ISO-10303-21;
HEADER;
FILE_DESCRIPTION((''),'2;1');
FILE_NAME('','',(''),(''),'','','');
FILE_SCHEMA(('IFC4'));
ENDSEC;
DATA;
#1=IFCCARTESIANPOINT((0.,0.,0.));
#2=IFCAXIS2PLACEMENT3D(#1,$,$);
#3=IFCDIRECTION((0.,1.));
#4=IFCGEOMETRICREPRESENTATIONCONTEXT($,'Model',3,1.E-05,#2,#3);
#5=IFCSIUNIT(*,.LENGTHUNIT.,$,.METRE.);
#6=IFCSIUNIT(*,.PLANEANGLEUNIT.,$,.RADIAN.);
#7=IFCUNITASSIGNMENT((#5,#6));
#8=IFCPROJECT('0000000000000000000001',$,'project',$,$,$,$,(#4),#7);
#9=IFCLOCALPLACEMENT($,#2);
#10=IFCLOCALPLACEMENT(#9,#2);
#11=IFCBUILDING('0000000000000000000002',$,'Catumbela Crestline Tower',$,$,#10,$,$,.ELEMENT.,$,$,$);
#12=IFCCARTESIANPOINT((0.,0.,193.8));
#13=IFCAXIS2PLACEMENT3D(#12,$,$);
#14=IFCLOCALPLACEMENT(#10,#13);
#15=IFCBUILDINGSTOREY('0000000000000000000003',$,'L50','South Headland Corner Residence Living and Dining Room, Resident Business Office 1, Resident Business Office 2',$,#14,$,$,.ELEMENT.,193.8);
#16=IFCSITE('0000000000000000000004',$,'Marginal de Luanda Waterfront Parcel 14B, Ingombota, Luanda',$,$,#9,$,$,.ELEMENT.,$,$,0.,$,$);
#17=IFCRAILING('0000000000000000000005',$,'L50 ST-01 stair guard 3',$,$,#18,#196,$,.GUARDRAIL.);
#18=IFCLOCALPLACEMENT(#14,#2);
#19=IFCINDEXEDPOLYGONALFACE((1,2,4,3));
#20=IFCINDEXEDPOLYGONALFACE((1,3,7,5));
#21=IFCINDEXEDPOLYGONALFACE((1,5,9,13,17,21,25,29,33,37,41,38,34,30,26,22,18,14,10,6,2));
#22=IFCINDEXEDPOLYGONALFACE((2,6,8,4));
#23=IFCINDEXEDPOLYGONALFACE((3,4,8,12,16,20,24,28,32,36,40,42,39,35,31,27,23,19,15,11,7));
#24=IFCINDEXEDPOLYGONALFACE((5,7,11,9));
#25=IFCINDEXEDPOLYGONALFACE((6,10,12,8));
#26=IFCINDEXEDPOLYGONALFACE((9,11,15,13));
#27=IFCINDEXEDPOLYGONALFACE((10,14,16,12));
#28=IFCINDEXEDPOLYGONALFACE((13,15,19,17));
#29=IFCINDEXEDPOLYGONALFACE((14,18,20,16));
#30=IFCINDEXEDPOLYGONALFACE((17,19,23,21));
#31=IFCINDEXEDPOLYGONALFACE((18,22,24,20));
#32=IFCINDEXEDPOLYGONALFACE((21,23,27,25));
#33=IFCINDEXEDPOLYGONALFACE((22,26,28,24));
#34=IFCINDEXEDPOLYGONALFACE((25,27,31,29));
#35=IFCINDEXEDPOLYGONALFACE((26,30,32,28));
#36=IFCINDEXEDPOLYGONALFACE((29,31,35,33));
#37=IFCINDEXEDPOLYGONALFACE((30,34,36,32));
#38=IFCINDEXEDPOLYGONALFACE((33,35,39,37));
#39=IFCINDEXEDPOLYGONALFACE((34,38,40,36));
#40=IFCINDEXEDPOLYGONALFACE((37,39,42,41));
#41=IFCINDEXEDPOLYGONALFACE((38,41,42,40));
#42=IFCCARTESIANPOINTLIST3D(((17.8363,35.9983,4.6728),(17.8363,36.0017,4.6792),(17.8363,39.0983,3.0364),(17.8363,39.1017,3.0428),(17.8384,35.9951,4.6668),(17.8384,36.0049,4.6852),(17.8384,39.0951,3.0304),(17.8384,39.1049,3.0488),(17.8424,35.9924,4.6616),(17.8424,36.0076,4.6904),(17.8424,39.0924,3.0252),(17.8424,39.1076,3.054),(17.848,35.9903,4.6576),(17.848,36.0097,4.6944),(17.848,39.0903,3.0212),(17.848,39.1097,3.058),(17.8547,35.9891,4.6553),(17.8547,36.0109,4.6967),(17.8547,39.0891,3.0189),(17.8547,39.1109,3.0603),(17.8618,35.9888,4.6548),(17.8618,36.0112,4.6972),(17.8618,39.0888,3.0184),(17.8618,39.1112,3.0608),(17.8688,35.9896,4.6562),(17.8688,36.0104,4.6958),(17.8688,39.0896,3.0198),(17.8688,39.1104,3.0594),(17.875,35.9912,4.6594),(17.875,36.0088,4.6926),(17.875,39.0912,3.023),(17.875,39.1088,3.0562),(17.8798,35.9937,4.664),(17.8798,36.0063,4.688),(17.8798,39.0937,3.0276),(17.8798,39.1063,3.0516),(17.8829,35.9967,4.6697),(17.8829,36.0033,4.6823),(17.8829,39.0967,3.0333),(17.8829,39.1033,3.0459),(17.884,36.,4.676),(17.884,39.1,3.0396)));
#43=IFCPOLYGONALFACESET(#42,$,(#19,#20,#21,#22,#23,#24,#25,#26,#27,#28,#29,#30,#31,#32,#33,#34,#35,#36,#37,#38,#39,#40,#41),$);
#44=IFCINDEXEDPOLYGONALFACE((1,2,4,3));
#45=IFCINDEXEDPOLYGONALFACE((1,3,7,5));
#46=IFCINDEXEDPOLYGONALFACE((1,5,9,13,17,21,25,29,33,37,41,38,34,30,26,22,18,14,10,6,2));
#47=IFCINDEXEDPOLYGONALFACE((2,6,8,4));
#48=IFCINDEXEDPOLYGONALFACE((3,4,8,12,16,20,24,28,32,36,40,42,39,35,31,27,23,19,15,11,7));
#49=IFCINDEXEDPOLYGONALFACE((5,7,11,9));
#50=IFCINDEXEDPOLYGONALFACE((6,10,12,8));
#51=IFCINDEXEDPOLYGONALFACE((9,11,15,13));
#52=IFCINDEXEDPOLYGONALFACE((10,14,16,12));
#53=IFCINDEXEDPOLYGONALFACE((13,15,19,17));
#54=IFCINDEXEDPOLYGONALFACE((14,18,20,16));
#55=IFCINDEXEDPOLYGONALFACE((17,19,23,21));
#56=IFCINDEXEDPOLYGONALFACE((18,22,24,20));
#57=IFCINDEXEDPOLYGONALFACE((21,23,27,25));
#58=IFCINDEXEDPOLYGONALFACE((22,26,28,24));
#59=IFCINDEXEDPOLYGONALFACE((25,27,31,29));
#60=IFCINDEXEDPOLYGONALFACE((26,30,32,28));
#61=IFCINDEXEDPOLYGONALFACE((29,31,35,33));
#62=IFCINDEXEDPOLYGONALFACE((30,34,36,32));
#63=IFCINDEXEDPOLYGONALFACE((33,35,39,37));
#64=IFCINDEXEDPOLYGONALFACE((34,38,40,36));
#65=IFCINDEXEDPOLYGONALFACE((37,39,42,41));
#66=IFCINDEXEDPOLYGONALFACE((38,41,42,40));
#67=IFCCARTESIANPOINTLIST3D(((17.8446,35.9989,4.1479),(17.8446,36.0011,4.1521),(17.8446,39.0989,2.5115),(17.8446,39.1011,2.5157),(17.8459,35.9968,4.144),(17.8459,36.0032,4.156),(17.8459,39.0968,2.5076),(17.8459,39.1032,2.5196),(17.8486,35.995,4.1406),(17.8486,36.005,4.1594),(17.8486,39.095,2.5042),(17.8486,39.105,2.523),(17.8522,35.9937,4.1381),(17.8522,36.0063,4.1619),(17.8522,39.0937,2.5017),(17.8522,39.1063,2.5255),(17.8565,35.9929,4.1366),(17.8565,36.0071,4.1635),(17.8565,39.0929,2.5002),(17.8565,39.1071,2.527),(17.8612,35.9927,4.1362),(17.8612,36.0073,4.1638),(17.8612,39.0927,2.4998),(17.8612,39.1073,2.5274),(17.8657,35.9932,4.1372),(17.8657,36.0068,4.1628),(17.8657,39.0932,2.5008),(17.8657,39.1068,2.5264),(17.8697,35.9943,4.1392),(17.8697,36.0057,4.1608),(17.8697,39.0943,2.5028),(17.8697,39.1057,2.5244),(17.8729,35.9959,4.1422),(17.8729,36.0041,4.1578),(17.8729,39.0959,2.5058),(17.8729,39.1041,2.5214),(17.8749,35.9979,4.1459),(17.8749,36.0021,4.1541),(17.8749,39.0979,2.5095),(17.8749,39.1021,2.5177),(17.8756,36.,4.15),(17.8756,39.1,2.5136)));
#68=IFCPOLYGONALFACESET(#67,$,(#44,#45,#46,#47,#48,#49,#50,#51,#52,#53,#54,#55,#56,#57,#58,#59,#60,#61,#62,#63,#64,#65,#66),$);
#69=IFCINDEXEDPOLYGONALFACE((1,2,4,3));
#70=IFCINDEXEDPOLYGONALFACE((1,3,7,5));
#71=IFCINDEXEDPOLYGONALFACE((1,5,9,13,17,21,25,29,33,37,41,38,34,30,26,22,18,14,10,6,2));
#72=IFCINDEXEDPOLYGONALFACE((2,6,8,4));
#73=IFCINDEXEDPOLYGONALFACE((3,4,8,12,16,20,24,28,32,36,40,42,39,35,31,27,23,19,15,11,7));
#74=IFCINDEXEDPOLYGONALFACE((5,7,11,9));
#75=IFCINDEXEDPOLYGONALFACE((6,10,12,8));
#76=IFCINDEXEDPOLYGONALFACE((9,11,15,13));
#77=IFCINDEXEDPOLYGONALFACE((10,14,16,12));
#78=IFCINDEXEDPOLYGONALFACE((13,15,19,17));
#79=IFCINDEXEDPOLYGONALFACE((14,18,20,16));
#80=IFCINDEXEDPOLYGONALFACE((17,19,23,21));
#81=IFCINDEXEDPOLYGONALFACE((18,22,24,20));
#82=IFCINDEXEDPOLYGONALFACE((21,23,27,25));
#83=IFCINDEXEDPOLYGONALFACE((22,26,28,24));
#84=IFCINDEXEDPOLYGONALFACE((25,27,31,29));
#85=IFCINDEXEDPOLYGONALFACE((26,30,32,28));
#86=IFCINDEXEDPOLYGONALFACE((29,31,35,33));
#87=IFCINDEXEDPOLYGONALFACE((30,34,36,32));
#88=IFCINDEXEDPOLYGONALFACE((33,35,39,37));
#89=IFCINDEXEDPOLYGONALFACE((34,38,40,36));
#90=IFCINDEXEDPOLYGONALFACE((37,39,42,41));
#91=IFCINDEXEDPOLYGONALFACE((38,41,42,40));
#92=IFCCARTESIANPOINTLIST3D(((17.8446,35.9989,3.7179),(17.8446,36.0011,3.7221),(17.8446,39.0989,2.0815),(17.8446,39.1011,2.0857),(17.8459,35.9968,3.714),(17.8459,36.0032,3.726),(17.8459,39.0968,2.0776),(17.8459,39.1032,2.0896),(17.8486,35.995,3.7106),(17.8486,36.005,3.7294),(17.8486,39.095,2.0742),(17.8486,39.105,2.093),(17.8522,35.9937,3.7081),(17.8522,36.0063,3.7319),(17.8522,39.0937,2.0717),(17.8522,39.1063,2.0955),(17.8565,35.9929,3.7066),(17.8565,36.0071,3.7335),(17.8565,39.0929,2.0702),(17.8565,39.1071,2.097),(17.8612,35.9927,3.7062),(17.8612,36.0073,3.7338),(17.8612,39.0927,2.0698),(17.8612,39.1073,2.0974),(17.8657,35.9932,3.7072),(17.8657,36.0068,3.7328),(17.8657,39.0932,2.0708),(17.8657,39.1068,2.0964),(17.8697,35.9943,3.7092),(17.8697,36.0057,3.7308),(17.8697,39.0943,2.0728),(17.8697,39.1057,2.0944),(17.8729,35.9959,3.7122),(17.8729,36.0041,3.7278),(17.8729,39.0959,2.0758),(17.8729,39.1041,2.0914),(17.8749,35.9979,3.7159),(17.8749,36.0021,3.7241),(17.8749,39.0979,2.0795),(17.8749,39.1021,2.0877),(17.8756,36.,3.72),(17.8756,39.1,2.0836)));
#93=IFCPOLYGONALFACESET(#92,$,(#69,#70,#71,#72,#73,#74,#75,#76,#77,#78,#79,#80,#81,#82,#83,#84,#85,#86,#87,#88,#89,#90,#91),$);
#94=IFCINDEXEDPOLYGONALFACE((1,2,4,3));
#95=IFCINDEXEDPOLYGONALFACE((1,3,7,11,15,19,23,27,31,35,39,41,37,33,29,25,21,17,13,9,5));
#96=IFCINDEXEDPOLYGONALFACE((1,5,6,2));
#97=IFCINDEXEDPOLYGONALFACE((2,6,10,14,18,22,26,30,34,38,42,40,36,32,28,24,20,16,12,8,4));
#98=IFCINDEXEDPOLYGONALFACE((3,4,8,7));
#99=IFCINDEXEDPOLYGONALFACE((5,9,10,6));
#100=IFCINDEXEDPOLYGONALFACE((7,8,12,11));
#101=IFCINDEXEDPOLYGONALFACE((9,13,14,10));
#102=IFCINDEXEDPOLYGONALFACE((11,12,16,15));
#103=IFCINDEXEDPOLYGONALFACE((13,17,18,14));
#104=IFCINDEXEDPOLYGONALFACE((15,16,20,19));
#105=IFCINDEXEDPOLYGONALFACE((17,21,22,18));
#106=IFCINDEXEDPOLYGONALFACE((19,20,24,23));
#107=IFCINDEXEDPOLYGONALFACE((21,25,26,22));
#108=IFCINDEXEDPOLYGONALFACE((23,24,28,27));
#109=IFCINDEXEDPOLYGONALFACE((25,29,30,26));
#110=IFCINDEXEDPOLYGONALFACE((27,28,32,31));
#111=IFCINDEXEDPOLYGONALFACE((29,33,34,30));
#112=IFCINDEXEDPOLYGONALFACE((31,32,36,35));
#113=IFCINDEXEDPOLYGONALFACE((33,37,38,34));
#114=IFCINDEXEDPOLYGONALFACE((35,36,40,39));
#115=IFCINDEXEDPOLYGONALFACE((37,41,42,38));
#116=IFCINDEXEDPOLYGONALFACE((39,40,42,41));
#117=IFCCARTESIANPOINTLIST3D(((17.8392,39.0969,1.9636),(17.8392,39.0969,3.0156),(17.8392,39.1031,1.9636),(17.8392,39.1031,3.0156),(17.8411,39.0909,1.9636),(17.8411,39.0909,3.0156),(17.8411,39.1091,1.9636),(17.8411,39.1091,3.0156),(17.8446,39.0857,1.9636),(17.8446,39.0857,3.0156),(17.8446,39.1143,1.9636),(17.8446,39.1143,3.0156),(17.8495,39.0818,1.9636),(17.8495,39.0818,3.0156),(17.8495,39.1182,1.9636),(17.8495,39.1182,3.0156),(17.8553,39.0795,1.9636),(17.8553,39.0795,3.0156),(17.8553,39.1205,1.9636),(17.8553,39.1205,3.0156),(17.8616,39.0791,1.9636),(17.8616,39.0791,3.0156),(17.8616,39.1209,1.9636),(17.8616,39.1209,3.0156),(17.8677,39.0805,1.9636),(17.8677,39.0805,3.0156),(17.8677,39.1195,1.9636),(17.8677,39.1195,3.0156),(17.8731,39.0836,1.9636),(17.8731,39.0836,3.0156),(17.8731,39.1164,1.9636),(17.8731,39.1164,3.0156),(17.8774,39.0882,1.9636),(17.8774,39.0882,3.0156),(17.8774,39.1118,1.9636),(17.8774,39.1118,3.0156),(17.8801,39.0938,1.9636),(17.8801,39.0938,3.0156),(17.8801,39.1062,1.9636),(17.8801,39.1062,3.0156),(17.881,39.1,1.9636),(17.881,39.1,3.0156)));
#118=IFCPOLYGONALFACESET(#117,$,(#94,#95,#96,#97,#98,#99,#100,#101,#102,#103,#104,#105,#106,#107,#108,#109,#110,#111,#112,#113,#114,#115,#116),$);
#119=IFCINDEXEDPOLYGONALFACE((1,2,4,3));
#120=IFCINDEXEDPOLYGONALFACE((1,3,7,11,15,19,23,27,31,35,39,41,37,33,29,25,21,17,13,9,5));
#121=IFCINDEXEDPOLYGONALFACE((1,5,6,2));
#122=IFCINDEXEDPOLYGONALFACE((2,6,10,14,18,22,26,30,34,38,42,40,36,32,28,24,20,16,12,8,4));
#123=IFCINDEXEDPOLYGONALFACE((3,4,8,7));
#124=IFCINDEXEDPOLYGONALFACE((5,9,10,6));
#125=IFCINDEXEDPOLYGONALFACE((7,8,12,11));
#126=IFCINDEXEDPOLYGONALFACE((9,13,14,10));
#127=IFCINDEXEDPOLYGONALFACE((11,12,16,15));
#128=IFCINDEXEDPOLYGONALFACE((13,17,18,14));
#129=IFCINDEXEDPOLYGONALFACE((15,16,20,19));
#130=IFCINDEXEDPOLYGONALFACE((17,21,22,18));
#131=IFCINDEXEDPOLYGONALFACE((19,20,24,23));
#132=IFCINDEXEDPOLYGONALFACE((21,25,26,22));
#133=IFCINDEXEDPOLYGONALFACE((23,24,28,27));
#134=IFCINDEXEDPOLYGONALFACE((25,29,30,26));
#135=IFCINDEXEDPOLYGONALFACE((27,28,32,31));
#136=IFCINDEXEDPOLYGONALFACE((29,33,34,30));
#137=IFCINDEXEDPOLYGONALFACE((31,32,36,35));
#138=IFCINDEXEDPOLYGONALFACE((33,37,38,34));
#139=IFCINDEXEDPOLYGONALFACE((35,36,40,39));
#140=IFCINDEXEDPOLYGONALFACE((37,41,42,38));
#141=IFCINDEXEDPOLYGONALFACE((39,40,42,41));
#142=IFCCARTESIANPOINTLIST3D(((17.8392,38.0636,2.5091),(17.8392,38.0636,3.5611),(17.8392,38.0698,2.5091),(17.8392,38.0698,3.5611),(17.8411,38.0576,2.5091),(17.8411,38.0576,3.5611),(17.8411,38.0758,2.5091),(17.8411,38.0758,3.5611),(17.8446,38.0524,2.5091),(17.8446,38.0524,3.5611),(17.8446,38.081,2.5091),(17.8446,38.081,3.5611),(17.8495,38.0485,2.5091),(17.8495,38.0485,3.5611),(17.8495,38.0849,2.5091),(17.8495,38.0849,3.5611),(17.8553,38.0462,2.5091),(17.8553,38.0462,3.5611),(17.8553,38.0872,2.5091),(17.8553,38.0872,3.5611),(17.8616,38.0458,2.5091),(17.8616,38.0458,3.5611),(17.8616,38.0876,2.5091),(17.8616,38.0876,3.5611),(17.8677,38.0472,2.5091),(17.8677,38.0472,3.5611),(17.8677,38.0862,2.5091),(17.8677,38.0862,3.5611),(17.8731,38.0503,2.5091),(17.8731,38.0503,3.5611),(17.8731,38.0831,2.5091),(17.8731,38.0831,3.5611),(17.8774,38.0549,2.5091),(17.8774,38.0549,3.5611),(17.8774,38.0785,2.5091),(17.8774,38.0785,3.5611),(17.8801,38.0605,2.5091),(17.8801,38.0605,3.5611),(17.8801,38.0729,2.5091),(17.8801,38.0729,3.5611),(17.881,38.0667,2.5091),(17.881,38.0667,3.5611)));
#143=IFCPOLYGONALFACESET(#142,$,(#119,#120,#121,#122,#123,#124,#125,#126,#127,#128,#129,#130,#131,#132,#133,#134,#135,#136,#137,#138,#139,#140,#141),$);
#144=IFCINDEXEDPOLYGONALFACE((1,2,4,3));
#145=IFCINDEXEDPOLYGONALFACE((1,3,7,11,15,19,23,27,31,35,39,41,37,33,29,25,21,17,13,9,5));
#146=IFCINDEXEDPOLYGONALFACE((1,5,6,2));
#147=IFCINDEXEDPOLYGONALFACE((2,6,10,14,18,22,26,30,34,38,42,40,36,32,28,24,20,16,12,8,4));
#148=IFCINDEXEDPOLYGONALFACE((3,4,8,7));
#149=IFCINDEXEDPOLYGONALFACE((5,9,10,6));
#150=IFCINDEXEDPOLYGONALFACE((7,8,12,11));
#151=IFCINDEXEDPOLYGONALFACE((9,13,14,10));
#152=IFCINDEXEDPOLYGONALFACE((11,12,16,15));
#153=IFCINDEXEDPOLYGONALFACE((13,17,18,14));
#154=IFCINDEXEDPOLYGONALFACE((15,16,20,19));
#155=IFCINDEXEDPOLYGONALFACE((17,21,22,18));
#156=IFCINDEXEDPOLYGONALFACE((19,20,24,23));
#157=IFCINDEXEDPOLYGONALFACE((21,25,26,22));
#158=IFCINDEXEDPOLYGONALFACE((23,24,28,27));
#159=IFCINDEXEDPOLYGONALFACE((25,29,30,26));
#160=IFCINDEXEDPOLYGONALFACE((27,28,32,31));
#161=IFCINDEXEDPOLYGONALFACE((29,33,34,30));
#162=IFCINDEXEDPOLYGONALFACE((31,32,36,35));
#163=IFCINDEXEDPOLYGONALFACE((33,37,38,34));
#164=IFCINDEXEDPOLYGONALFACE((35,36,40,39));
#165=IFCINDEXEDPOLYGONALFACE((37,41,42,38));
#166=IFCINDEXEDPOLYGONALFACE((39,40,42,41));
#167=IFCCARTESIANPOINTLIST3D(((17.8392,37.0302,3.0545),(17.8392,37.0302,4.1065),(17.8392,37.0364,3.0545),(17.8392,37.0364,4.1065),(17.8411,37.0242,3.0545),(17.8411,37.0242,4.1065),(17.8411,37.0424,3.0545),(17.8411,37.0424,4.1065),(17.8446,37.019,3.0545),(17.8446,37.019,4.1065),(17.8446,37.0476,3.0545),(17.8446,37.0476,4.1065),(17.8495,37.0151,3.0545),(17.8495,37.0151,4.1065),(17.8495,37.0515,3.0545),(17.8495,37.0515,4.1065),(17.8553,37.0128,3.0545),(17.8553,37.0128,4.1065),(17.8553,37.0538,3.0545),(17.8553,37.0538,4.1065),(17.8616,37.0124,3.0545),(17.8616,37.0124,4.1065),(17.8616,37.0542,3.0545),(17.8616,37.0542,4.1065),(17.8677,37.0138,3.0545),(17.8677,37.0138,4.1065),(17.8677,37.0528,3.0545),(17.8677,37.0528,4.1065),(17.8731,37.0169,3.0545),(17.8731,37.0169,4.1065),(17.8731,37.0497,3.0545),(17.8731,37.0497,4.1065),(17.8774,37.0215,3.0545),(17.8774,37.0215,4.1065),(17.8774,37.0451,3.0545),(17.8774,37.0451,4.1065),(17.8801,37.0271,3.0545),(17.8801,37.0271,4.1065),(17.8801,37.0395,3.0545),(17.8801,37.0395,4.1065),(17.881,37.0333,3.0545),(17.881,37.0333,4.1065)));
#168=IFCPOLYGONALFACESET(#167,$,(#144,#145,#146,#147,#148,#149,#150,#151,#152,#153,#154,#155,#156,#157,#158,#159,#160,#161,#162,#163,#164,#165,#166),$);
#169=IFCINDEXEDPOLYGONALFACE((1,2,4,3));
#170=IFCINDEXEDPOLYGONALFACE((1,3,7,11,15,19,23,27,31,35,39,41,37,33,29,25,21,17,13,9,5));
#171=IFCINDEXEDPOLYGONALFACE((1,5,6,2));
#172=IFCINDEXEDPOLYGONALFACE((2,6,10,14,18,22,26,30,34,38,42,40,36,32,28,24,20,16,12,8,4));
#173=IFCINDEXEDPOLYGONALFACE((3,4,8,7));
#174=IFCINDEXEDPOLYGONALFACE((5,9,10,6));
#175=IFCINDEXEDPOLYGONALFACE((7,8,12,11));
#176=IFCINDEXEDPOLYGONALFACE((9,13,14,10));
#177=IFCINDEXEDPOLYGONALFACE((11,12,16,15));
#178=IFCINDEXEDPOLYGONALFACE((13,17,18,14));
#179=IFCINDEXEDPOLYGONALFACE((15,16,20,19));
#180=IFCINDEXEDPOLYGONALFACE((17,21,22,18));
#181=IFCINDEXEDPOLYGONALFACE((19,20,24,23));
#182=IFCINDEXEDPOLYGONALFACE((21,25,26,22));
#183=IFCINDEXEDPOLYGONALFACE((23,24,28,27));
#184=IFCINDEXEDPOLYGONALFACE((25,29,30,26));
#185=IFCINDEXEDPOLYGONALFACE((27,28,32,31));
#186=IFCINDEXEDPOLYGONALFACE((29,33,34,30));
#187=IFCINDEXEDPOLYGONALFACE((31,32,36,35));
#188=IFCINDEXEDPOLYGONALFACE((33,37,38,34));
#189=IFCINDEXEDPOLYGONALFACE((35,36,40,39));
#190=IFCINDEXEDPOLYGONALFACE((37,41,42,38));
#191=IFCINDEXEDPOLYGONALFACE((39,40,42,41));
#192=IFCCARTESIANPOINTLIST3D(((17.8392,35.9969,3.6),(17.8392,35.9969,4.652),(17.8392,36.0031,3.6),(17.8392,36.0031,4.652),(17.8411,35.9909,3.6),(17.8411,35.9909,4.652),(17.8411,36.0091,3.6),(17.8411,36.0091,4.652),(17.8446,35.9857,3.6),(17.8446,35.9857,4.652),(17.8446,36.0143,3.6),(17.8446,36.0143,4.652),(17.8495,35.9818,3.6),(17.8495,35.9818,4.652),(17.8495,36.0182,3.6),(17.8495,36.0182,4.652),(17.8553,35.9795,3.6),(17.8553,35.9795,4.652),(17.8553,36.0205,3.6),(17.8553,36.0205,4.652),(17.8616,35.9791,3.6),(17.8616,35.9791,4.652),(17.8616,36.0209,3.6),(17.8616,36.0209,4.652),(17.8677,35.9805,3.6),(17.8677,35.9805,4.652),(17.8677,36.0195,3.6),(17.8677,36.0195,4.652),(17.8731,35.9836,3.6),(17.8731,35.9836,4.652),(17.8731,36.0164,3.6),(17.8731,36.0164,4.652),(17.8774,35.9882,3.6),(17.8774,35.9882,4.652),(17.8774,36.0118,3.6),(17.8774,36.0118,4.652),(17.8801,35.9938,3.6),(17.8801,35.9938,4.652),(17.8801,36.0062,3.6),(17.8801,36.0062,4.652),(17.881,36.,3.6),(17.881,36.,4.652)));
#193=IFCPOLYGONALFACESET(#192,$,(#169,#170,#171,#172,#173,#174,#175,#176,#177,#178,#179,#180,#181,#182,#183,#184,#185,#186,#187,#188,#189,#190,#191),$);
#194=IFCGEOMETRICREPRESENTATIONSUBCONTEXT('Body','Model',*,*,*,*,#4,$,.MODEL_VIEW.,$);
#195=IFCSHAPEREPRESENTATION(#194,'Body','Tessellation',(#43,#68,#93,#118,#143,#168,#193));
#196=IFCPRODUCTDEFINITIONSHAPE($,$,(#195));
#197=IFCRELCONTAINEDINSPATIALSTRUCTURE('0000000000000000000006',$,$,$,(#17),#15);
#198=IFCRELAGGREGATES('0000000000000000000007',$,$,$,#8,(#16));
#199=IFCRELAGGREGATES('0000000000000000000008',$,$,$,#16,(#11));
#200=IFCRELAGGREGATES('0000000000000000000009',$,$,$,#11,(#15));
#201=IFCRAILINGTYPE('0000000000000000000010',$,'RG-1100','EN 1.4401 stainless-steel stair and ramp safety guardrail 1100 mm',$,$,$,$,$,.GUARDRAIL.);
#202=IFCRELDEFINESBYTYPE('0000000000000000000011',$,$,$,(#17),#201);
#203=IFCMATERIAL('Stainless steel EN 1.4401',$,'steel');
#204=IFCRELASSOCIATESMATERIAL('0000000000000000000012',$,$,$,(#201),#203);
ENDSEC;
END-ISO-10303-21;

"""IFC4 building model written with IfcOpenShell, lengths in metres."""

from ifc_helpers import new_model, si_unit, direction, frame, origin, origin_2d, place, context, subcontext, project, spatial, circle, extrude, material, type_object, element, save


model = new_model("IFC4")

# Units and contexts
model_context = context("Model", 3, precision=1e-05, world=origin(), true_north=direction((0.0, 1.0)))
body_context = subcontext(model_context, "Body", "Model", "MODEL_VIEW")
ifc_project = project(units=[si_unit("LENGTHUNIT", "METRE"), si_unit("PLANEANGLEUNIT", "RADIAN")], contexts=[model_context])

# Site, building, storey
site_placement = place(None, origin())
site = spatial("IfcSite", under=ifc_project, at=site_placement, Name="Marginal de Luanda Waterfront Parcel 14B, Ingombota, Luanda", CompositionType="ELEMENT", RefElevation=0.0)
building_placement = place(site_placement, origin())
building = spatial("IfcBuilding", under=site, at=building_placement, Name="Catumbela Crestline Tower", CompositionType="ELEMENT")
storey_placement = place(building_placement, frame((0.0, 0.0, 193.8)))
storey = spatial("IfcBuildingStorey", under=building, at=storey_placement, Name="L50", Description="South Headland Corner Residence Living and Dining Room, Resident Business Office 1, Resident Business Office 2", CompositionType="ELEMENT", Elevation=193.8)

# Shared definitions
ifc_material_1 = material(Name="Stainless steel EN 1.4401", Category="steel")

# Railing
railing_type_1 = type_object("IfcRailingType", Name="RG-1100", Description="EN 1.4401 stainless-steel stair and ramp safety guardrail 1100 mm", PredefinedType="GUARDRAIL", material=ifc_material_1)
railing_1_placement = place(storey_placement, frame((17.86, 39.1, 1.9636)))
element("IfcRailing", 1, at=railing_1_placement, inside=storey, type_object=railing_type_1, Name="L50 ST-01 stair guard 3", PredefinedType="GUARDRAIL", context=body_context, shape_type="SweptSolid", body=[
    extrude(circle(Radius=0.024, at=origin_2d()), frame((0.0, 0.0, 1.076), z_axis=(0.0, -0.884351, 0.466823), x_axis=(1.0, 0.0, 0.0)), (0.0, 0.0, 1.0), 3.5054),
    extrude(circle(Radius=0.0156, at=origin_2d()), frame((0.0, 0.0, 0.55), z_axis=(0.0, -0.884351, 0.466823), x_axis=(1.0, 0.0, 0.0)), (0.0, 0.0, 1.0), 3.5054),
    extrude(circle(Radius=0.0156, at=origin_2d()), frame((0.0, 0.0, 0.12), z_axis=(0.0, -0.884351, 0.466823), x_axis=(1.0, 0.0, 0.0)), (0.0, 0.0, 1.0), 3.5054),
    extrude(circle(Radius=0.021, at=origin_2d()), origin(), (0.0, 0.0, 1.0), 1.052),
    extrude(circle(Radius=0.021, at=origin_2d()), frame((0.0, -1.0333, 0.5455)), (0.0, 0.0, 1.0), 1.052),
    extrude(circle(Radius=0.021, at=origin_2d()), frame((0.0, -2.0667, 1.0909)), (0.0, 0.0, 1.0), 1.052),
    extrude(circle(Radius=0.021, at=origin_2d()), frame((0.0, -3.1, 1.6364)), (0.0, 0.0, 1.0), 1.052),
])

save(model, "model.ifc")
